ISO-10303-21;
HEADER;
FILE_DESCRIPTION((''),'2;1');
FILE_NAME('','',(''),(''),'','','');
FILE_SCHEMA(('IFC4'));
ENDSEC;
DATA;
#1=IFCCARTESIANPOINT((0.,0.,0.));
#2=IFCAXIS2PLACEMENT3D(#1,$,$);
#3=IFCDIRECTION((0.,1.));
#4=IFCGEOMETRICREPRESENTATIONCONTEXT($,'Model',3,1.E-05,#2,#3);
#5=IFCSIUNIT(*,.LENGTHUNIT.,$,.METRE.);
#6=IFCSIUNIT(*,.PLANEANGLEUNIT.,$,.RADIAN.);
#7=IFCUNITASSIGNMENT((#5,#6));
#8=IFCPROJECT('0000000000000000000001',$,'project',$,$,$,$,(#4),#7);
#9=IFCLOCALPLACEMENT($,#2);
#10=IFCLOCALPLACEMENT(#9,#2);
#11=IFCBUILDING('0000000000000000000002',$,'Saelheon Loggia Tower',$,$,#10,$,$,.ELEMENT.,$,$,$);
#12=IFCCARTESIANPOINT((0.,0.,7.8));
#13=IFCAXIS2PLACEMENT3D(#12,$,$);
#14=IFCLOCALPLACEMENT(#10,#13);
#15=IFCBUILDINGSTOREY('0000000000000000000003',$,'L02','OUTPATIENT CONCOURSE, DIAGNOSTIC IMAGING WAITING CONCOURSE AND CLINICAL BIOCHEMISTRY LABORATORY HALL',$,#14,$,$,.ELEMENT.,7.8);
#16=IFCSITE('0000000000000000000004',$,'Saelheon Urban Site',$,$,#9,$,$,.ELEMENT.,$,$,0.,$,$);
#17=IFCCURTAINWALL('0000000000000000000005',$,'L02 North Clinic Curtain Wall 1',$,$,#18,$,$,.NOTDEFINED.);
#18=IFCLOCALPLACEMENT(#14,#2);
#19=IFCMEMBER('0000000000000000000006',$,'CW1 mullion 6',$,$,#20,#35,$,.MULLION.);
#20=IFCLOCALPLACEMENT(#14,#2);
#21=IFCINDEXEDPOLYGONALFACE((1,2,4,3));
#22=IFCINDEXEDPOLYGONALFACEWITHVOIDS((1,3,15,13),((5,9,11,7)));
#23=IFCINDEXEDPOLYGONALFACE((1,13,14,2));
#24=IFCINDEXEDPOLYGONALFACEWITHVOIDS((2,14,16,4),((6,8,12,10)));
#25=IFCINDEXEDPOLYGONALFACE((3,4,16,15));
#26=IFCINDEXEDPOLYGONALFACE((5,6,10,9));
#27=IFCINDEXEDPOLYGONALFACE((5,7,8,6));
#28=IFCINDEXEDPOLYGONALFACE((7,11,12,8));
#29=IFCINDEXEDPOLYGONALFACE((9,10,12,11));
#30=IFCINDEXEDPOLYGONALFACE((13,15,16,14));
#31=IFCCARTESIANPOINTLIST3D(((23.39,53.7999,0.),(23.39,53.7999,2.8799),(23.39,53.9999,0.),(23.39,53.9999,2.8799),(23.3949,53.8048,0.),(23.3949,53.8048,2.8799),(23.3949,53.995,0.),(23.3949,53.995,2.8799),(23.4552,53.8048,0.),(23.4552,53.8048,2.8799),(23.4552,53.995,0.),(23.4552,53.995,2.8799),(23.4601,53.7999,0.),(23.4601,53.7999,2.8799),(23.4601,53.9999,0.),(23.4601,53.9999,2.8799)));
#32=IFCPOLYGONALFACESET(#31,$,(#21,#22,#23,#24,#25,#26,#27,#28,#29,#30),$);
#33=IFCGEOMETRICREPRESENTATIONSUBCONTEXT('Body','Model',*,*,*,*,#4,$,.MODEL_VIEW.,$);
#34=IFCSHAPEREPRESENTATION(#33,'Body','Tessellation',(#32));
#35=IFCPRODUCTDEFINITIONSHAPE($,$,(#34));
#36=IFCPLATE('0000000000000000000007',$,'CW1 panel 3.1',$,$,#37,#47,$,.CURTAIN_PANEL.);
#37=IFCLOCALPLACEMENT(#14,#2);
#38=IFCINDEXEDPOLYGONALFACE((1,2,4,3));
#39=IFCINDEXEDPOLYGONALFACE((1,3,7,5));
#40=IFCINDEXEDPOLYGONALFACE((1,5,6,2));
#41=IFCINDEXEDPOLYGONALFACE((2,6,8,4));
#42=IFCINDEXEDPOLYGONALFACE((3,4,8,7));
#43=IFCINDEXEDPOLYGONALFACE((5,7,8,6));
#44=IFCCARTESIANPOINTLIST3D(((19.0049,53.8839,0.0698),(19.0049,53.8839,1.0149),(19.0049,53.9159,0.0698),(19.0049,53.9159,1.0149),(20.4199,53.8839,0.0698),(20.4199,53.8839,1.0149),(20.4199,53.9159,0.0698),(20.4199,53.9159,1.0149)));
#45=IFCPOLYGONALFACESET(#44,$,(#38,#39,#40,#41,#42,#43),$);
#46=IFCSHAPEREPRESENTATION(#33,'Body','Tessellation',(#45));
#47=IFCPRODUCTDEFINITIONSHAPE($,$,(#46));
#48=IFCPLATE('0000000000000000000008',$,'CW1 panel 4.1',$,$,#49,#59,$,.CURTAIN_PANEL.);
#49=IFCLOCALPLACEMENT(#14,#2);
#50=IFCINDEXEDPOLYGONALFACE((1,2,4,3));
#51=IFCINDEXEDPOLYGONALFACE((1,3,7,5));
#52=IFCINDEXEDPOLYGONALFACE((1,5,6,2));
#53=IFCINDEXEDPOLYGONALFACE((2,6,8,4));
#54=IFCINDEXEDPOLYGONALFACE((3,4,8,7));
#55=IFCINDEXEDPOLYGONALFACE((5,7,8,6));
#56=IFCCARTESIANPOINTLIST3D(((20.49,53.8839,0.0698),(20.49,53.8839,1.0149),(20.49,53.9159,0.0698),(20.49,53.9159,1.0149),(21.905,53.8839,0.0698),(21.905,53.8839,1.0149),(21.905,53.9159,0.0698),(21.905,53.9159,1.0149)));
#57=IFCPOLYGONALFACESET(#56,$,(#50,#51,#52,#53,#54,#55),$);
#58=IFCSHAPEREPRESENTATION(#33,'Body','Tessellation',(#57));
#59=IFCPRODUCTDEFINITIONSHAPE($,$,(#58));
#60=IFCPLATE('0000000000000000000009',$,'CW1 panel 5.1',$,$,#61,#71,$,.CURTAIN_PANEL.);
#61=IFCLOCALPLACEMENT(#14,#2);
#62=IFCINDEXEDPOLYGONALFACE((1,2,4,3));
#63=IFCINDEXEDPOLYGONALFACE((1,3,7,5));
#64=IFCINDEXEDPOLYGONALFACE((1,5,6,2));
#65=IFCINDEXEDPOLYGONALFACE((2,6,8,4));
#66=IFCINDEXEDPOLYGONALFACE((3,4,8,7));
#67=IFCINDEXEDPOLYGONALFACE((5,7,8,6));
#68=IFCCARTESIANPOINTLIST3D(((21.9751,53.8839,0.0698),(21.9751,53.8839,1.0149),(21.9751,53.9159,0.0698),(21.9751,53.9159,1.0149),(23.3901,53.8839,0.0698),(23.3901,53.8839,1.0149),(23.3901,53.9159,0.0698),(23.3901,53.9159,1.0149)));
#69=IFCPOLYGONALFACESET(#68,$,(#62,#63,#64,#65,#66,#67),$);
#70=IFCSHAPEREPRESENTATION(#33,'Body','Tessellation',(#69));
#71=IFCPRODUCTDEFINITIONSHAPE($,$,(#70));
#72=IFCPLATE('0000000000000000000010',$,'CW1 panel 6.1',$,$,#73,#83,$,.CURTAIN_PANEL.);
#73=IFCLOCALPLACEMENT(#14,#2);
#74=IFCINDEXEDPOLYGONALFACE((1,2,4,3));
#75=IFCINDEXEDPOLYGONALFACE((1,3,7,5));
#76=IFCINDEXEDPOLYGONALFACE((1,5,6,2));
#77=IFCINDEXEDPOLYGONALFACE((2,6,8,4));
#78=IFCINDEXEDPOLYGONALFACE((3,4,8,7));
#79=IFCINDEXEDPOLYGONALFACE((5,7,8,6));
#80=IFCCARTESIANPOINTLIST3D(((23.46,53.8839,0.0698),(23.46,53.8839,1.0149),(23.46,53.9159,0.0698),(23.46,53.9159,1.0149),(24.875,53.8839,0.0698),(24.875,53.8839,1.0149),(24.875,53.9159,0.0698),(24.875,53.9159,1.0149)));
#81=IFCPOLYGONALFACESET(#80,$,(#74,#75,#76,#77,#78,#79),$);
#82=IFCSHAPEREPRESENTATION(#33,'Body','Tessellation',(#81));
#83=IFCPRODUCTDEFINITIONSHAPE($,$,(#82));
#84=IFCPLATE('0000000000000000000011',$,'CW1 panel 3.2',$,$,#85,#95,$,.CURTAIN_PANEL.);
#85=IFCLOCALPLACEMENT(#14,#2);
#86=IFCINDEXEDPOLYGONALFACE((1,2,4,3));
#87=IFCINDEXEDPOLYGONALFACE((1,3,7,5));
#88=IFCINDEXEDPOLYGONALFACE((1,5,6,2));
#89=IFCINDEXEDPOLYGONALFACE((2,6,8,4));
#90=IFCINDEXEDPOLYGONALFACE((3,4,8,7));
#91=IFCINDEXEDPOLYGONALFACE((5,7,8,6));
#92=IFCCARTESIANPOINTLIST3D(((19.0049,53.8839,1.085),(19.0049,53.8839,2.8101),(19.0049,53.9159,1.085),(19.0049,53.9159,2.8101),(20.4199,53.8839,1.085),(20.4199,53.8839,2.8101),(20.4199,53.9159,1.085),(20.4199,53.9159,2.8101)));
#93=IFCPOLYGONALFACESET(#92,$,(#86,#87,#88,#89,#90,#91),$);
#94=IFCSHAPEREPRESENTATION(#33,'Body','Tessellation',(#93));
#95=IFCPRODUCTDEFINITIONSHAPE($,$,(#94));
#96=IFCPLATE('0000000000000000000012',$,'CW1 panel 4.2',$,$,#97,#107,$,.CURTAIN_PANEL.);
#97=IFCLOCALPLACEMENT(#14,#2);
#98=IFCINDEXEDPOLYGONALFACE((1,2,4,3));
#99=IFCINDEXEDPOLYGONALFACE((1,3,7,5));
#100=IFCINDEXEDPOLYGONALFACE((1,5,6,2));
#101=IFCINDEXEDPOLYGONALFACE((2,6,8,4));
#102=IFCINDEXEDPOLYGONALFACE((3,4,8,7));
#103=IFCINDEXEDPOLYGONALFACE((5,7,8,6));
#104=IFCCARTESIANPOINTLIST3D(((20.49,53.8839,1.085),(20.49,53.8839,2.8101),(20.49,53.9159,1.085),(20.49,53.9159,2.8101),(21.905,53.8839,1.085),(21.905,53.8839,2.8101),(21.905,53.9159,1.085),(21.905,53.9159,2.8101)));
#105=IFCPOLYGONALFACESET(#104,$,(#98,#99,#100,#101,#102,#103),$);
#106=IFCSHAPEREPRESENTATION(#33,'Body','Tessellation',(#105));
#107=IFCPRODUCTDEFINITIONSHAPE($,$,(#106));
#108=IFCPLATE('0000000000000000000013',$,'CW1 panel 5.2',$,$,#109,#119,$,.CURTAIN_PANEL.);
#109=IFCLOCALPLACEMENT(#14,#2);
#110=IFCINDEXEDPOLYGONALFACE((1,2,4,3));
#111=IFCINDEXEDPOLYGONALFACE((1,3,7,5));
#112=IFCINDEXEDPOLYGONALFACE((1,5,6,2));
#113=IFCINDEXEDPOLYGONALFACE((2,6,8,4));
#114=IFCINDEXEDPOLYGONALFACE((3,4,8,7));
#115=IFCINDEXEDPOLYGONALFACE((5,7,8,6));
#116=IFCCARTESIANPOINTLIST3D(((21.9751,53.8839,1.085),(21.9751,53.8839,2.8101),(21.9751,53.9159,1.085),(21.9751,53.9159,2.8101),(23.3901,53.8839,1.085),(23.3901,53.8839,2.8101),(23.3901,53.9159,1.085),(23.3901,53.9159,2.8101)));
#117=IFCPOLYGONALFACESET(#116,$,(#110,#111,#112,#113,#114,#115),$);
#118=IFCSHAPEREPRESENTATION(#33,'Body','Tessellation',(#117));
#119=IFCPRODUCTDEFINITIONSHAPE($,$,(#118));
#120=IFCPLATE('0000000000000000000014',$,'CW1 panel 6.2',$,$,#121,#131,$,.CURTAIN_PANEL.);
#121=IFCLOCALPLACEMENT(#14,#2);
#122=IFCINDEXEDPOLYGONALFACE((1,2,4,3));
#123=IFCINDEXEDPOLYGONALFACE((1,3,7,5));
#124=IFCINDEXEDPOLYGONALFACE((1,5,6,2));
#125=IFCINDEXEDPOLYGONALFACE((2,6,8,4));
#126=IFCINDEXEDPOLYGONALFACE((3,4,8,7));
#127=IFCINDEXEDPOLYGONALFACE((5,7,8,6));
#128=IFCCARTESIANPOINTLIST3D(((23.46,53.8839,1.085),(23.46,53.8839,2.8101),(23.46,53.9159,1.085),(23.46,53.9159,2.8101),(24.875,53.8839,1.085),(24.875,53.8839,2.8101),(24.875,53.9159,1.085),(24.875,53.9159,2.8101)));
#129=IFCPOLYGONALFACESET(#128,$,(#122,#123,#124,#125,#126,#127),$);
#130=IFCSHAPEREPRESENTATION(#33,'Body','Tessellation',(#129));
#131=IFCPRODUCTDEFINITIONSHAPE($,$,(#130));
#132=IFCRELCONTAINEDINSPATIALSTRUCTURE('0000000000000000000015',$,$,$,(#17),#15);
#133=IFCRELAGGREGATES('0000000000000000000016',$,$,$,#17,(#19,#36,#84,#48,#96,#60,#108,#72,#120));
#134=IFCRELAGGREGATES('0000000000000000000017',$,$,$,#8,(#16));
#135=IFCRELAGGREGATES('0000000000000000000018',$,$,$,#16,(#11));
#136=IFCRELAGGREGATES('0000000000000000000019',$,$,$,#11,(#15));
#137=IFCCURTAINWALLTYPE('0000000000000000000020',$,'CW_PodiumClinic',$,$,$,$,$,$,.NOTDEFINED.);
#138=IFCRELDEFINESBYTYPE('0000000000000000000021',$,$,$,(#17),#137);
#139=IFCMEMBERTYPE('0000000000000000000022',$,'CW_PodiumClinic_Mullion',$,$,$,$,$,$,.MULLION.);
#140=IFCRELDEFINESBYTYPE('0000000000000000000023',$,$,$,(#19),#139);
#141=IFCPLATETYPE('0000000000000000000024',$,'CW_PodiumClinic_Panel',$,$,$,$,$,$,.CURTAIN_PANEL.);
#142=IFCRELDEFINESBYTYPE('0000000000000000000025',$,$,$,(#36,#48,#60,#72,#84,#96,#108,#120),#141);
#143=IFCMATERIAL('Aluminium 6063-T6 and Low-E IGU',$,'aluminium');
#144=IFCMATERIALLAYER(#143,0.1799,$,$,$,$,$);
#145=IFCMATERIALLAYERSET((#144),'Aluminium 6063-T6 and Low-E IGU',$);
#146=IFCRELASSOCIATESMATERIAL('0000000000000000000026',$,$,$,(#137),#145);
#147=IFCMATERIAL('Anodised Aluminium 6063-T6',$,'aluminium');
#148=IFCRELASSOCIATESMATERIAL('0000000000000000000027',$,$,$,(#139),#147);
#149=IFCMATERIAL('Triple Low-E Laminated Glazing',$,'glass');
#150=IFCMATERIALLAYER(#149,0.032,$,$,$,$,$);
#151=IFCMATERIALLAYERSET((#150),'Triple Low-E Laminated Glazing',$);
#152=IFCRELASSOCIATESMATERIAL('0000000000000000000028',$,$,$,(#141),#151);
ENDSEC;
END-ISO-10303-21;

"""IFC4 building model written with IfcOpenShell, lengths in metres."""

from ifc_helpers import new_model, si_unit, direction, frame, origin, origin_2d, place, context, subcontext, project, spatial, rectangle, hollow_rectangle, extrude, source, transform, mapped, material, layer, layer_set, material_profile, profile_set, type_object, element, aggregate, save


model = new_model("IFC4")

# Units and contexts
model_context = context("Model", 3, precision=1e-05, world=origin(), true_north=direction((0.0, 1.0)))
body_context = subcontext(model_context, "Body", "Model", "MODEL_VIEW")
ifc_project = project(units=[si_unit("LENGTHUNIT", "METRE"), si_unit("PLANEANGLEUNIT", "RADIAN")], contexts=[model_context])

# Site, building, storey
site_placement = place(None, origin())
site = spatial("IfcSite", under=ifc_project, at=site_placement, Name="Saelheon Urban Site", CompositionType="ELEMENT", RefElevation=0.0)
building_placement = place(site_placement, origin())
building = spatial("IfcBuilding", under=site, at=building_placement, Name="Saelheon Loggia Tower", CompositionType="ELEMENT")
storey_placement = place(building_placement, frame((0.0, 0.0, 7.8)))
storey = spatial("IfcBuildingStorey", under=building, at=storey_placement, Name="L02", Description="OUTPATIENT CONCOURSE, DIAGNOSTIC IMAGING WAITING CONCOURSE AND CLINICAL BIOCHEMISTRY LABORATORY HALL", CompositionType="ELEMENT", Elevation=7.8)

# Curtain wall, member, plates
ifc_material_1 = material(Name="Aluminium 6063-T6 and Low-E IGU", Category="aluminium")
ifc_layer_1 = layer(ifc_material_1, 0.1799)
ifc_layer_set_1 = layer_set([ifc_layer_1], Name="Aluminium 6063-T6 and Low-E IGU")
curtain_wall_type = type_object("IfcCurtainWallType", Name="CW_PodiumClinic", PredefinedType="NOTDEFINED", material=ifc_layer_set_1)
curtain_wall_placement = place(storey_placement, origin())
curtain_wall = element("IfcCurtainWall", 1, at=curtain_wall_placement, inside=storey, type_object=curtain_wall_type, Name="L02 North Clinic Curtain Wall 1", PredefinedType="NOTDEFINED")
ifc_material_2 = material(Name="Anodised Aluminium 6063-T6", Category="aluminium")
ifc_material_profile_1 = material_profile(ifc_material_2, hollow_rectangle(XDim=0.0701, YDim=0.2, WallThickness=0.0049, at=origin_2d()), Name="RHS-200x70x5")
ifc_profile_set_1 = profile_set([ifc_material_profile_1], Name="Anodised Aluminium 6063-T6")
member_type_1 = type_object("IfcMemberType", Name="CW_PodiumClinic_Mullion", PredefinedType="MULLION", material=ifc_profile_set_1)
shared_shape_1 = source(origin(), body_context, "Body", "SweptSolid", [
    extrude(hollow_rectangle(XDim=0.0701, YDim=0.2, WallThickness=0.0049, at=origin_2d()), origin(), (0.0, 0.0, 1.0), 2.8799),
])
member_1_placement = place(storey_placement, frame((23.425, 53.8999, 0.0), z_axis=(0.0, 0.0, 1.0), x_axis=(1.0, 0.0, 0.0)))
member_1 = element("IfcMember", 2, at=member_1_placement, type_object=member_type_1, Name="CW1 mullion 6", PredefinedType="MULLION", context=body_context, shape_type="MappedRepresentation", body=[
    mapped(shared_shape_1, transform((0.0, 0.0, 0.0), scale=1.0)),
])
ifc_material_3 = material(Name="Triple Low-E Laminated Glazing", Category="glass")
ifc_layer_2 = layer(ifc_material_3, 0.032)
ifc_layer_set_2 = layer_set([ifc_layer_2], Name="Triple Low-E Laminated Glazing")
plate_type = type_object("IfcPlateType", Name="CW_PodiumClinic_Panel", PredefinedType="CURTAIN_PANEL", material=ifc_layer_set_2)
shared_shape_2 = source(origin(), body_context, "Body", "SweptSolid", [
    extrude(rectangle(XDim=1.415, YDim=0.032, at=origin_2d()), origin(), (0.0, 0.0, 1.0), 0.9451),
])
plate_1_placement = place(storey_placement, frame((19.7124, 53.8999, 0.0698), z_axis=(0.0, 0.0, 1.0), x_axis=(1.0, 0.0, 0.0)))
plate_1 = element("IfcPlate", 3, at=plate_1_placement, type_object=plate_type, Name="CW1 panel 3.1", PredefinedType="CURTAIN_PANEL", context=body_context, shape_type="MappedRepresentation", body=[
    mapped(shared_shape_2, transform((0.0, 0.0, 0.0), scale=1.0)),
])
plate_2_placement = place(storey_placement, frame((21.1975, 53.8999, 0.0698), z_axis=(0.0, 0.0, 1.0), x_axis=(1.0, 0.0, 0.0)))
plate_2 = element("IfcPlate", 4, at=plate_2_placement, type_object=plate_type, Name="CW1 panel 4.1", PredefinedType="CURTAIN_PANEL", context=body_context, shape_type="MappedRepresentation", body=[
    mapped(shared_shape_2, transform((0.0, 0.0, 0.0), scale=1.0)),
])
plate_3_placement = place(storey_placement, frame((22.6826, 53.8999, 0.0698), z_axis=(0.0, 0.0, 1.0), x_axis=(1.0, 0.0, 0.0)))
plate_3 = element("IfcPlate", 5, at=plate_3_placement, type_object=plate_type, Name="CW1 panel 5.1", PredefinedType="CURTAIN_PANEL", context=body_context, shape_type="MappedRepresentation", body=[
    mapped(shared_shape_2, transform((0.0, 0.0, 0.0), scale=1.0)),
])
plate_4_placement = place(storey_placement, frame((24.1675, 53.8999, 0.0698), z_axis=(0.0, 0.0, 1.0), x_axis=(1.0, 0.0, 0.0)))
plate_4 = element("IfcPlate", 6, at=plate_4_placement, type_object=plate_type, Name="CW1 panel 6.1", PredefinedType="CURTAIN_PANEL", context=body_context, shape_type="MappedRepresentation", body=[
    mapped(shared_shape_2, transform((0.0, 0.0, 0.0), scale=1.0)),
])
shared_shape_3 = source(origin(), body_context, "Body", "SweptSolid", [
    extrude(rectangle(XDim=1.415, YDim=0.032, at=origin_2d()), origin(), (0.0, 0.0, 1.0), 1.7251),
])
plate_5_placement = place(storey_placement, frame((19.7124, 53.8999, 1.085), z_axis=(0.0, 0.0, 1.0), x_axis=(1.0, 0.0, 0.0)))
plate_5 = element("IfcPlate", 7, at=plate_5_placement, type_object=plate_type, Name="CW1 panel 3.2", PredefinedType="CURTAIN_PANEL", context=body_context, shape_type="MappedRepresentation", body=[
    mapped(shared_shape_3, transform((0.0, 0.0, 0.0), scale=1.0)),
])
plate_6_placement = place(storey_placement, frame((21.1975, 53.8999, 1.085), z_axis=(0.0, 0.0, 1.0), x_axis=(1.0, 0.0, 0.0)))
plate_6 = element("IfcPlate", 8, at=plate_6_placement, type_object=plate_type, Name="CW1 panel 4.2", PredefinedType="CURTAIN_PANEL", context=body_context, shape_type="MappedRepresentation", body=[
    mapped(shared_shape_3, transform((0.0, 0.0, 0.0), scale=1.0)),
])
plate_7_placement = place(storey_placement, frame((22.6826, 53.8999, 1.085), z_axis=(0.0, 0.0, 1.0), x_axis=(1.0, 0.0, 0.0)))
plate_7 = element("IfcPlate", 9, at=plate_7_placement, type_object=plate_type, Name="CW1 panel 5.2", PredefinedType="CURTAIN_PANEL", context=body_context, shape_type="MappedRepresentation", body=[
    mapped(shared_shape_3, transform((0.0, 0.0, 0.0), scale=1.0)),
])
plate_8_placement = place(storey_placement, frame((24.1675, 53.8999, 1.085), z_axis=(0.0, 0.0, 1.0), x_axis=(1.0, 0.0, 0.0)))
plate_8 = element("IfcPlate", 10, at=plate_8_placement, type_object=plate_type, Name="CW1 panel 6.2", PredefinedType="CURTAIN_PANEL", context=body_context, shape_type="MappedRepresentation", body=[
    mapped(shared_shape_3, transform((0.0, 0.0, 0.0), scale=1.0)),
])
aggregate(curtain_wall, [member_1, plate_1, plate_5, plate_2, plate_6, plate_3, plate_7, plate_4, plate_8])

save(model, "model.ifc")
